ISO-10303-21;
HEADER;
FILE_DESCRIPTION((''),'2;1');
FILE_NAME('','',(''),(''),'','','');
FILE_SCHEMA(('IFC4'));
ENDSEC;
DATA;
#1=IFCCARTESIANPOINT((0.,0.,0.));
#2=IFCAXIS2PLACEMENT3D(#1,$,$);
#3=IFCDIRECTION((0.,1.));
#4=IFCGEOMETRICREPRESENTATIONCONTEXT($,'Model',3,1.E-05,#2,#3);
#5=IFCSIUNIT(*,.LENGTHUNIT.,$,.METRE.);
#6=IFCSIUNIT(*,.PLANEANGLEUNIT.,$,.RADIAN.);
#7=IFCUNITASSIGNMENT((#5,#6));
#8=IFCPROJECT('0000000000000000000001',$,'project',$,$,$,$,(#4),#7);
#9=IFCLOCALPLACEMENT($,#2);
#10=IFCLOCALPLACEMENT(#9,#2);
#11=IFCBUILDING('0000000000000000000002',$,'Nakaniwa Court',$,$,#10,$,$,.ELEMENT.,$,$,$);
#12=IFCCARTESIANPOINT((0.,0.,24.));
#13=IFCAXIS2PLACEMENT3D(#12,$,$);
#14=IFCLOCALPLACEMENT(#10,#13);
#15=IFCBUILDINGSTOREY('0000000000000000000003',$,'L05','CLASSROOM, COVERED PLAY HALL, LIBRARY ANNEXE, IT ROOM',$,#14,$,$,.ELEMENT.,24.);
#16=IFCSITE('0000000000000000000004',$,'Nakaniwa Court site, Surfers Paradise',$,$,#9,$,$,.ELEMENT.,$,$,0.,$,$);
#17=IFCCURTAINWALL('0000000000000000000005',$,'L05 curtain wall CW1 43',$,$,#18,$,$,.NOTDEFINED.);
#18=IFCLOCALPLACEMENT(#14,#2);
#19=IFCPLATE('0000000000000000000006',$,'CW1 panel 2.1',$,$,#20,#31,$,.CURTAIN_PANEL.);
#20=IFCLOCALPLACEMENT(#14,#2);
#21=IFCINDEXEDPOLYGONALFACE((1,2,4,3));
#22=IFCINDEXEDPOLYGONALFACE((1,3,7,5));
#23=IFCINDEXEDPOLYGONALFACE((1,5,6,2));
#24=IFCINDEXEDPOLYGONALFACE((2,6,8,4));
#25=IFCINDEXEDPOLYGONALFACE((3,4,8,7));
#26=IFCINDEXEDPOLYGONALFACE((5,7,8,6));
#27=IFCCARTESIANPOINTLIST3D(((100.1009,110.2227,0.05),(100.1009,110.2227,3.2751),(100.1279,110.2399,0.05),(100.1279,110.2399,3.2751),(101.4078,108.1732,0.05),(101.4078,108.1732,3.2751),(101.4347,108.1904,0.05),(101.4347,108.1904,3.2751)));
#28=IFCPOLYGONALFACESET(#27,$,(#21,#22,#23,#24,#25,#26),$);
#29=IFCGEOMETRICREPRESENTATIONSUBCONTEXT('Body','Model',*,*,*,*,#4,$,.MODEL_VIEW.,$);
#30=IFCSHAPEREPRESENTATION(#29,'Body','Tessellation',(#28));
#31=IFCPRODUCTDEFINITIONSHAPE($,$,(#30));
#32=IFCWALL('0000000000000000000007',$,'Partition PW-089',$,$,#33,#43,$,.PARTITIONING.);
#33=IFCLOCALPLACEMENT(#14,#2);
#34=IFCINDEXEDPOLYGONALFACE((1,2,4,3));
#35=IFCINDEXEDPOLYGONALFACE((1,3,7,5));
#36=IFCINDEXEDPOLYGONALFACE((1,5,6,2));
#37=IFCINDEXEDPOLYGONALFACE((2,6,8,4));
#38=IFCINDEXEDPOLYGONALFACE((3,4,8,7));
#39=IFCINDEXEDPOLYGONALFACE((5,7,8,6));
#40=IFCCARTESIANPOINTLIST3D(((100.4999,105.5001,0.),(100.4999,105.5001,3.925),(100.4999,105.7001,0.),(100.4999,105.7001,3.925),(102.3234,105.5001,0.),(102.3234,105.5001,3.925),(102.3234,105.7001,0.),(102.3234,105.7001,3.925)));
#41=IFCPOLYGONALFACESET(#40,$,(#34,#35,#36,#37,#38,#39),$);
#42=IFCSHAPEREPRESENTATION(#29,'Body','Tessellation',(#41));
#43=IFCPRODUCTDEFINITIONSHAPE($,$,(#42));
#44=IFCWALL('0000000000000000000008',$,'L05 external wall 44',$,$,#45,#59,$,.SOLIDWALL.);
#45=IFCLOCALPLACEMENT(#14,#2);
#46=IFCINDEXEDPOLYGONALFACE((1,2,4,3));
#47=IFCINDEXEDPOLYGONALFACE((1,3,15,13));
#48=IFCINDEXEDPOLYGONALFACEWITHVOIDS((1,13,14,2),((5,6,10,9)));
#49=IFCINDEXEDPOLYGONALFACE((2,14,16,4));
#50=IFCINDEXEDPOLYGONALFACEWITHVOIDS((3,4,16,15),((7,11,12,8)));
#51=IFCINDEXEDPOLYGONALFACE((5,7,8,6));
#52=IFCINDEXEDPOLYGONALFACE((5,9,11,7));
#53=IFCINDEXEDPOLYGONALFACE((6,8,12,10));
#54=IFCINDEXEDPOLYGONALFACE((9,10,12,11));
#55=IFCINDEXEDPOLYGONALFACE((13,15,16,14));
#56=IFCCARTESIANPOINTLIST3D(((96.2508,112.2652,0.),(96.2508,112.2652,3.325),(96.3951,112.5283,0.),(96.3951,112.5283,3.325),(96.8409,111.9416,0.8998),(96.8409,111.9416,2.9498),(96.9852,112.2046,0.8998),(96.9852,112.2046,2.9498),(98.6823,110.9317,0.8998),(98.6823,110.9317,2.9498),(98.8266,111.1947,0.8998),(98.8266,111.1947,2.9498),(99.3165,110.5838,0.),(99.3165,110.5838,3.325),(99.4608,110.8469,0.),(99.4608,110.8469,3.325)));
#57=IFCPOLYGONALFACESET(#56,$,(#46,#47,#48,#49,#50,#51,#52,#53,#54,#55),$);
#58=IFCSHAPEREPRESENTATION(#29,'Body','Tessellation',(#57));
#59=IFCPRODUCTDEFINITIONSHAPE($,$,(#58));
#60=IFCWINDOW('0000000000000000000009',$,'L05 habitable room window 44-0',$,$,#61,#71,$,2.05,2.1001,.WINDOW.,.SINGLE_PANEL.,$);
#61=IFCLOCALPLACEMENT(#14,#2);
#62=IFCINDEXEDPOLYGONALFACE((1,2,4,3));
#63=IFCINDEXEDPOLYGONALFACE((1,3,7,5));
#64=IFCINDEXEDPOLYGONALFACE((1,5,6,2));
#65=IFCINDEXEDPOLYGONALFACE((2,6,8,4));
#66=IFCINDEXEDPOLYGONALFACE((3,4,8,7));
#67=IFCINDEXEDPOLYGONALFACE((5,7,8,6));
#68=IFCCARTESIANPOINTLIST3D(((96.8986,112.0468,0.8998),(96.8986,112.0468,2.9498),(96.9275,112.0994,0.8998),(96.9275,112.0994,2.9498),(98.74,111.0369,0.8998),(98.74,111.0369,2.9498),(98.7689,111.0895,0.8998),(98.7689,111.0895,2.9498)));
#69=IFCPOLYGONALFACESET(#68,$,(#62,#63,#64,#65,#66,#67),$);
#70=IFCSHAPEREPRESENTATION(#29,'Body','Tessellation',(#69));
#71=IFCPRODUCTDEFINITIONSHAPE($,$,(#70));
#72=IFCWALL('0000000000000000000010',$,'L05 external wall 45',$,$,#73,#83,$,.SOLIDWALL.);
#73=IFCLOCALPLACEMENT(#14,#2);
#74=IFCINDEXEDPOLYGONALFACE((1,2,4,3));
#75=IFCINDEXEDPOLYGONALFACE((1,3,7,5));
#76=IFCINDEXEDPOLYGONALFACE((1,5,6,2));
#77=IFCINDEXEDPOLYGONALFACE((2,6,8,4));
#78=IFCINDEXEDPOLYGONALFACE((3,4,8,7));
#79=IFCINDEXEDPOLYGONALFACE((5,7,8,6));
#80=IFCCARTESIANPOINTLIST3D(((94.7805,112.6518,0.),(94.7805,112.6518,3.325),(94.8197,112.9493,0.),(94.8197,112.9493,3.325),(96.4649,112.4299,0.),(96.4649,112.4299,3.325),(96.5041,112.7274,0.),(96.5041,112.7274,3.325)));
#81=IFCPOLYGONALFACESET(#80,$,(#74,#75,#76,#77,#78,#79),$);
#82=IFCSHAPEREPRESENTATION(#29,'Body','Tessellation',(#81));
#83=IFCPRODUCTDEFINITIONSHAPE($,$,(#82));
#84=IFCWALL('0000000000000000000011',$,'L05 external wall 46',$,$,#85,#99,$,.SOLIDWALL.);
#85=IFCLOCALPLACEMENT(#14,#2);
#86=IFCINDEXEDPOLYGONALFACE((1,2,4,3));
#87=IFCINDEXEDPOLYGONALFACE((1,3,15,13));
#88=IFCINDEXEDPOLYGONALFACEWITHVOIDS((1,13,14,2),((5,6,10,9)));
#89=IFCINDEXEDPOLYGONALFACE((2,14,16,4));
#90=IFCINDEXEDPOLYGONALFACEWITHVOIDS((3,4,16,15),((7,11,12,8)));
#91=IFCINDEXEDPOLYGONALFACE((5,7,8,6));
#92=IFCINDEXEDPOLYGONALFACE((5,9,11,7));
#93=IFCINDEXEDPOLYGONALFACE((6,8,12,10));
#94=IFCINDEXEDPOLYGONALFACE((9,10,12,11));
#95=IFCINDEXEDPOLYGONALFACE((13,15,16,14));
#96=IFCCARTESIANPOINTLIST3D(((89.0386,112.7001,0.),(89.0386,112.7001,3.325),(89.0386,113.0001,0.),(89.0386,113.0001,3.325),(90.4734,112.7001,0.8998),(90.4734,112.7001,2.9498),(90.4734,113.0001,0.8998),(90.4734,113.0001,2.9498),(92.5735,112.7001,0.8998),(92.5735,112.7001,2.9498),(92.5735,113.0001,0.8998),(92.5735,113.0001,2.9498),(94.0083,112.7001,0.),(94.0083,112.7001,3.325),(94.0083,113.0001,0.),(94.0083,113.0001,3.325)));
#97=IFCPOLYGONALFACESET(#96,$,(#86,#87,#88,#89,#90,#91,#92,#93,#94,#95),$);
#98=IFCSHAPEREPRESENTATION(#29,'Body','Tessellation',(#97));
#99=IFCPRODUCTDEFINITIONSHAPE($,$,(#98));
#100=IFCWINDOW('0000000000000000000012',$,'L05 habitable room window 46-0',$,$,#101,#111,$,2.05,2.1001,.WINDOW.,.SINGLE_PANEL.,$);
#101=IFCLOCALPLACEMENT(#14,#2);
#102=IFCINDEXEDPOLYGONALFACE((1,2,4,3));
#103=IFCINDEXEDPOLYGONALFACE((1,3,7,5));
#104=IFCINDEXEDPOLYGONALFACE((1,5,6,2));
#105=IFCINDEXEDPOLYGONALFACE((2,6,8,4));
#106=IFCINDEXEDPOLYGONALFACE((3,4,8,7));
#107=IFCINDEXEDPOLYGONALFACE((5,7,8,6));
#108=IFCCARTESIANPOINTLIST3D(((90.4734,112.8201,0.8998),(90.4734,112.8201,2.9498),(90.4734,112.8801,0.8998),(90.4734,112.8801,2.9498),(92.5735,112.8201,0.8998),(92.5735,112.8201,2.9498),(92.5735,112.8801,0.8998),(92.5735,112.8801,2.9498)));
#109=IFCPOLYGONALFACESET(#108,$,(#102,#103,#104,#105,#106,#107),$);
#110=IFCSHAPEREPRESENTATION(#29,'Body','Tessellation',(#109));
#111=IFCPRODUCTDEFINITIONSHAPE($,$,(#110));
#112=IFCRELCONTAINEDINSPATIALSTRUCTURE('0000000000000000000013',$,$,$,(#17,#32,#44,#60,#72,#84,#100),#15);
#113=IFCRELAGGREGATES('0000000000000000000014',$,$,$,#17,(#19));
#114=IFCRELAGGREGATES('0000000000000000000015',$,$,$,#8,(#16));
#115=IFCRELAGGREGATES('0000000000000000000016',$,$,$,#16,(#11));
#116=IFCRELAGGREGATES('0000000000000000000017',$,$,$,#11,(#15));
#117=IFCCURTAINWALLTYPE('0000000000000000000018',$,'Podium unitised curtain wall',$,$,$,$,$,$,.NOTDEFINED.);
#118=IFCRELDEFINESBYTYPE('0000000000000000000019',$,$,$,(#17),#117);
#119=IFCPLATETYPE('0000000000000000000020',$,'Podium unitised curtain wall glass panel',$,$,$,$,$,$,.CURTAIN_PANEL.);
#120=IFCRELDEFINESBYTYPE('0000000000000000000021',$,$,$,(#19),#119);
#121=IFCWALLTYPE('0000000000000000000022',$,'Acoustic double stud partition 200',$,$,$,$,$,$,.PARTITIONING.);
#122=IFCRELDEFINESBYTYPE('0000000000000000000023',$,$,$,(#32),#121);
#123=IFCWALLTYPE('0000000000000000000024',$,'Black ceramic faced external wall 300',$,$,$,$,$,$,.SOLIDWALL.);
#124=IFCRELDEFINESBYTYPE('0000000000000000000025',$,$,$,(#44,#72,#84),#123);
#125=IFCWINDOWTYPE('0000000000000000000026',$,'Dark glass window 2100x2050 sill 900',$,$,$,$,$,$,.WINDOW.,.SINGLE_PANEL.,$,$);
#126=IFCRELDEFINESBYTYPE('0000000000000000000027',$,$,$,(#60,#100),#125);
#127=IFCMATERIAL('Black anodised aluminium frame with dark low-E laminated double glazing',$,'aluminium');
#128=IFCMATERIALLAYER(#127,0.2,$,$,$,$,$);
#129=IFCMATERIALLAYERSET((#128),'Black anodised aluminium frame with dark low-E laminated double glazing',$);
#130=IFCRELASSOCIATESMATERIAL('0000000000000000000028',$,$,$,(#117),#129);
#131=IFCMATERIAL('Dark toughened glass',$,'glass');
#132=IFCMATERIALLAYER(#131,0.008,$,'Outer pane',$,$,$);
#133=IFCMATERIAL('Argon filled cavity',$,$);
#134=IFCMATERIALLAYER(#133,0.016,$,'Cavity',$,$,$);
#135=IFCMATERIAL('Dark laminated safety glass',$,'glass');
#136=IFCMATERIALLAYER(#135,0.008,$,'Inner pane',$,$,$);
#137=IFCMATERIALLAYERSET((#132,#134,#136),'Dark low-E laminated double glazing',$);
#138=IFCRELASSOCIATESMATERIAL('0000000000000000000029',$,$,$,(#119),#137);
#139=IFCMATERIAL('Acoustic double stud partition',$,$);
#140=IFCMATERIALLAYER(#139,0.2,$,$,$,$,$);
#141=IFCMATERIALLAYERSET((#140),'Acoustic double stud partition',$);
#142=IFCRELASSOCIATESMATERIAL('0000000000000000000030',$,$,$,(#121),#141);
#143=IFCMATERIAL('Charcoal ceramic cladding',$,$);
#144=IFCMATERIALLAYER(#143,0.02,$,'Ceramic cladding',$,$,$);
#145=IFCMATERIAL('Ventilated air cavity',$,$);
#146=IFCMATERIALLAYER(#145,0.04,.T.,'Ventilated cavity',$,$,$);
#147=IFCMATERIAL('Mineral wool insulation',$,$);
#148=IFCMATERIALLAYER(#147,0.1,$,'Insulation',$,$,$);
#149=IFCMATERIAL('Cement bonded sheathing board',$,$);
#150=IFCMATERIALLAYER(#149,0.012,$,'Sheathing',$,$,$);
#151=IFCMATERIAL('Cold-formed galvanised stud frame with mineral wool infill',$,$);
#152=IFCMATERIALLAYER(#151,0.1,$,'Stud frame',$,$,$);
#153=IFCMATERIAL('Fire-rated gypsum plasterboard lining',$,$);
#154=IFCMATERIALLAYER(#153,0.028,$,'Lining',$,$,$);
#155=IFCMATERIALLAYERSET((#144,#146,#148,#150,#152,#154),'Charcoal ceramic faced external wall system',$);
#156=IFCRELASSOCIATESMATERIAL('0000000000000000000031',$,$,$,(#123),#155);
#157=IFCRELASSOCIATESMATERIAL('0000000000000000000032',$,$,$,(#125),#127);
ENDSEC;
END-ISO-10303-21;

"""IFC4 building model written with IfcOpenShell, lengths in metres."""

from ifc_helpers import new_model, si_unit, direction, frame, frame_2d, origin, origin_2d, place, context, subcontext, project, spatial, rectangle, extrude, material, layer, layer_set, type_object, element, fill, aggregate, save


model = new_model("IFC4")

# Units and contexts
model_context = context("Model", 3, precision=1e-05, world=origin(), true_north=direction((0.0, 1.0)))
body_context = subcontext(model_context, "Body", "Model", "MODEL_VIEW")
ifc_project = project(units=[si_unit("LENGTHUNIT", "METRE"), si_unit("PLANEANGLEUNIT", "RADIAN")], contexts=[model_context])

# Site, building, storey
site_placement = place(None, origin())
site = spatial("IfcSite", under=ifc_project, at=site_placement, Name="Nakaniwa Court site, Surfers Paradise", CompositionType="ELEMENT", RefElevation=0.0)
building_placement = place(site_placement, origin())
building = spatial("IfcBuilding", under=site, at=building_placement, Name="Nakaniwa Court", CompositionType="ELEMENT")
storey_placement = place(building_placement, frame((0.0, 0.0, 24.0)))
storey = spatial("IfcBuildingStorey", under=building, at=storey_placement, Name="L05", Description="CLASSROOM, COVERED PLAY HALL, LIBRARY ANNEXE, IT ROOM", CompositionType="ELEMENT", Elevation=24.0)

# Shared definitions
ifc_material_1 = material(Name="Black anodised aluminium frame with dark low-E laminated double glazing", Category="aluminium")
ifc_layer_1 = layer(ifc_material_1, 0.2)
ifc_layer_set_1 = layer_set([ifc_layer_1], Name="Black anodised aluminium frame with dark low-E laminated double glazing")
curtain_wall_type = type_object("IfcCurtainWallType", Name="Podium unitised curtain wall", PredefinedType="NOTDEFINED", material=ifc_layer_set_1)

# Curtain wall, plate
curtain_wall_1_placement = place(storey_placement, origin())
curtain_wall_1 = element("IfcCurtainWall", 1, at=curtain_wall_1_placement, inside=storey, type_object=curtain_wall_type, Name="L05 curtain wall CW1 43", PredefinedType="NOTDEFINED")
ifc_material_2 = material(Name="Dark toughened glass", Category="glass")
ifc_layer_2 = layer(ifc_material_2, 0.008, Name="Outer pane")
ifc_material_3 = material(Name="Argon filled cavity")
ifc_layer_3 = layer(ifc_material_3, 0.016, Name="Cavity")
ifc_material_4 = material(Name="Dark laminated safety glass", Category="glass")
ifc_layer_4 = layer(ifc_material_4, 0.008, Name="Inner pane")
ifc_layer_set_2 = layer_set([ifc_layer_2, ifc_layer_3, ifc_layer_4], Name="Dark low-E laminated double glazing")
plate_type = type_object("IfcPlateType", Name="Podium unitised curtain wall glass panel", PredefinedType="CURTAIN_PANEL", material=ifc_layer_set_2)
plate_1_placement = place(storey_placement, frame((100.7678, 109.2065, 0.05), z_axis=(0.0, 0.0, 1.0), x_axis=(-0.537644, 0.843172, 0.0)))
plate_1 = element("IfcPlate", 2, at=plate_1_placement, type_object=plate_type, Name="CW1 panel 2.1", PredefinedType="CURTAIN_PANEL", context=body_context, shape_type="SweptSolid", body=[
    extrude(rectangle(XDim=2.4307, YDim=0.032, at=origin_2d()), origin(), (0.0, 0.0, 1.0), 3.2251),
])
aggregate(curtain_wall_1, [plate_1])

# Wall
ifc_material_5 = material(Name="Acoustic double stud partition")
ifc_layer_5 = layer(ifc_material_5, 0.2)
ifc_layer_set_3 = layer_set([ifc_layer_5], Name="Acoustic double stud partition")
wall_type_1 = type_object("IfcWallType", Name="Acoustic double stud partition 200", PredefinedType="PARTITIONING", material=ifc_layer_set_3)
wall_1_placement = place(storey_placement, frame((100.5, 105.6001, 0.0), z_axis=(0.0, 0.0, 1.0), x_axis=(1.0, 0.0, 0.0)))
element("IfcWall", 3, at=wall_1_placement, inside=storey, type_object=wall_type_1, Name="Partition PW-089", PredefinedType="PARTITIONING", context=body_context, shape_type="SweptSolid", body=[
    extrude(rectangle(XDim=1.8235, YDim=0.2, at=frame_2d((0.9116, 0.0))), origin(), (0.0, 0.0, 1.0), 3.925),
])

# Wall, opening, window
ifc_material_6 = material(Name="Charcoal ceramic cladding")
ifc_layer_6 = layer(ifc_material_6, 0.02, Name="Ceramic cladding")
ifc_material_7 = material(Name="Ventilated air cavity")
ifc_layer_7 = layer(ifc_material_7, 0.04, ventilated=True, Name="Ventilated cavity")
ifc_material_8 = material(Name="Mineral wool insulation")
ifc_layer_8 = layer(ifc_material_8, 0.1, Name="Insulation")
ifc_material_9 = material(Name="Cement bonded sheathing board")
ifc_layer_9 = layer(ifc_material_9, 0.012, Name="Sheathing")
ifc_material_10 = material(Name="Cold-formed galvanised stud frame with mineral wool infill")
ifc_layer_10 = layer(ifc_material_10, 0.1, Name="Stud frame")
ifc_material_11 = material(Name="Fire-rated gypsum plasterboard lining")
ifc_layer_11 = layer(ifc_material_11, 0.028, Name="Lining")
ifc_layer_set_4 = layer_set([ifc_layer_6, ifc_layer_7, ifc_layer_8, ifc_layer_9, ifc_layer_10, ifc_layer_11], Name="Charcoal ceramic faced external wall system")
wall_type_2 = type_object("IfcWallType", Name="Black ceramic faced external wall 300", PredefinedType="SOLIDWALL", material=ifc_layer_set_4)
wall_2_placement = place(storey_placement, frame((99.3887, 110.7153, 0.0), z_axis=(0.0, 0.0, 1.0), x_axis=(-0.876786, 0.480881, 0.0)))
wall_2 = element("IfcWall", 4, at=wall_2_placement, inside=storey, type_object=wall_type_2, Name="L05 external wall 44", PredefinedType="SOLIDWALL", context=body_context, shape_type="SweptSolid", body=[
    extrude(rectangle(XDim=3.4966, YDim=0.3, at=frame_2d((1.7483, 0.0))), origin(), (0.0, 0.0, 1.0), 3.325),
])
opening_1_placement = place(wall_2_placement, frame((0.7234, 0.0, 0.8999)))
opening_1 = element("IfcOpeningElement", 5, at=opening_1_placement, cuts=wall_2, PredefinedType="OPENING", context=body_context, shape_type="SweptSolid", body=[
    extrude(rectangle(XDim=2.1001, YDim=2.05, at=frame_2d((1.05, 1.0249))), frame((0.0, 0.1599, 0.0), z_axis=(0.0, -1.0, 0.0), x_axis=(1.0, 0.0, 0.0)), (0.0, 0.0, 1.0), 0.3201),
])
window_type = type_object("IfcWindowType", Name="Dark glass window 2100x2050 sill 900", PartitioningType="SINGLE_PANEL", PredefinedType="WINDOW", material=ifc_material_1)
window_1_placement = place(opening_1_placement, origin())
window_1 = element("IfcWindow", 6, at=window_1_placement, inside=storey, type_object=window_type, Name="L05 habitable room window 44-0", OverallHeight=2.05, OverallWidth=2.1001, PartitioningType="SINGLE_PANEL", PredefinedType="WINDOW", context=body_context, shape_type="SweptSolid", body=[
    extrude(rectangle(XDim=2.1001, YDim=2.05, at=frame_2d((1.05, 1.0249))), frame((0.0, 0.03, 0.0), z_axis=(0.0, -1.0, 0.0), x_axis=(1.0, 0.0, 0.0)), (0.0, 0.0, 1.0), 0.0601),
])
fill(opening_1, window_1)

# Wall
wall_3_placement = place(storey_placement, frame((96.4846, 112.5786, 0.0), z_axis=(0.0, 0.0, 1.0), x_axis=(-0.991431, 0.130629, 0.0)))
element("IfcWall", 7, at=wall_3_placement, inside=storey, type_object=wall_type_2, Name="L05 external wall 45", PredefinedType="SOLIDWALL", context=body_context, shape_type="SweptSolid", body=[
    extrude(rectangle(XDim=1.699, YDim=0.3, at=frame_2d((0.8496, 0.0))), origin(), (0.0, 0.0, 1.0), 3.325),
])

# Wall, opening, window
wall_4_placement = place(storey_placement, frame((94.0083, 112.8501, 0.0), z_axis=(0.0, 0.0, 1.0), x_axis=(-1.0, 0.0, 0.0)))
wall_4 = element("IfcWall", 8, at=wall_4_placement, inside=storey, type_object=wall_type_2, Name="L05 external wall 46", PredefinedType="SOLIDWALL", context=body_context, shape_type="SweptSolid", body=[
    extrude(rectangle(XDim=4.9697, YDim=0.3, at=frame_2d((2.4849, 0.0))), origin(), (0.0, 0.0, 1.0), 3.325),
])
opening_2_placement = place(wall_4_placement, frame((1.4348, 0.0, 0.8999)))
opening_2 = element("IfcOpeningElement", 9, at=opening_2_placement, cuts=wall_4, PredefinedType="OPENING", context=body_context, shape_type="SweptSolid", body=[
    extrude(rectangle(XDim=2.1001, YDim=2.05, at=frame_2d((1.05, 1.0249))), frame((0.0, 0.1599, 0.0), z_axis=(0.0, -1.0, 0.0), x_axis=(1.0, 0.0, 0.0)), (0.0, 0.0, 1.0), 0.3201),
])
window_2_placement = place(opening_2_placement, origin())
window_2 = element("IfcWindow", 10, at=window_2_placement, inside=storey, type_object=window_type, Name="L05 habitable room window 46-0", OverallHeight=2.05, OverallWidth=2.1001, PartitioningType="SINGLE_PANEL", PredefinedType="WINDOW", context=body_context, shape_type="SweptSolid", body=[
    extrude(rectangle(XDim=2.1001, YDim=2.05, at=frame_2d((1.05, 1.0249))), frame((0.0, 0.03, 0.0), z_axis=(0.0, -1.0, 0.0), x_axis=(1.0, 0.0, 0.0)), (0.0, 0.0, 1.0), 0.0601),
])
fill(opening_2, window_2)

save(model, "model.ifc")
